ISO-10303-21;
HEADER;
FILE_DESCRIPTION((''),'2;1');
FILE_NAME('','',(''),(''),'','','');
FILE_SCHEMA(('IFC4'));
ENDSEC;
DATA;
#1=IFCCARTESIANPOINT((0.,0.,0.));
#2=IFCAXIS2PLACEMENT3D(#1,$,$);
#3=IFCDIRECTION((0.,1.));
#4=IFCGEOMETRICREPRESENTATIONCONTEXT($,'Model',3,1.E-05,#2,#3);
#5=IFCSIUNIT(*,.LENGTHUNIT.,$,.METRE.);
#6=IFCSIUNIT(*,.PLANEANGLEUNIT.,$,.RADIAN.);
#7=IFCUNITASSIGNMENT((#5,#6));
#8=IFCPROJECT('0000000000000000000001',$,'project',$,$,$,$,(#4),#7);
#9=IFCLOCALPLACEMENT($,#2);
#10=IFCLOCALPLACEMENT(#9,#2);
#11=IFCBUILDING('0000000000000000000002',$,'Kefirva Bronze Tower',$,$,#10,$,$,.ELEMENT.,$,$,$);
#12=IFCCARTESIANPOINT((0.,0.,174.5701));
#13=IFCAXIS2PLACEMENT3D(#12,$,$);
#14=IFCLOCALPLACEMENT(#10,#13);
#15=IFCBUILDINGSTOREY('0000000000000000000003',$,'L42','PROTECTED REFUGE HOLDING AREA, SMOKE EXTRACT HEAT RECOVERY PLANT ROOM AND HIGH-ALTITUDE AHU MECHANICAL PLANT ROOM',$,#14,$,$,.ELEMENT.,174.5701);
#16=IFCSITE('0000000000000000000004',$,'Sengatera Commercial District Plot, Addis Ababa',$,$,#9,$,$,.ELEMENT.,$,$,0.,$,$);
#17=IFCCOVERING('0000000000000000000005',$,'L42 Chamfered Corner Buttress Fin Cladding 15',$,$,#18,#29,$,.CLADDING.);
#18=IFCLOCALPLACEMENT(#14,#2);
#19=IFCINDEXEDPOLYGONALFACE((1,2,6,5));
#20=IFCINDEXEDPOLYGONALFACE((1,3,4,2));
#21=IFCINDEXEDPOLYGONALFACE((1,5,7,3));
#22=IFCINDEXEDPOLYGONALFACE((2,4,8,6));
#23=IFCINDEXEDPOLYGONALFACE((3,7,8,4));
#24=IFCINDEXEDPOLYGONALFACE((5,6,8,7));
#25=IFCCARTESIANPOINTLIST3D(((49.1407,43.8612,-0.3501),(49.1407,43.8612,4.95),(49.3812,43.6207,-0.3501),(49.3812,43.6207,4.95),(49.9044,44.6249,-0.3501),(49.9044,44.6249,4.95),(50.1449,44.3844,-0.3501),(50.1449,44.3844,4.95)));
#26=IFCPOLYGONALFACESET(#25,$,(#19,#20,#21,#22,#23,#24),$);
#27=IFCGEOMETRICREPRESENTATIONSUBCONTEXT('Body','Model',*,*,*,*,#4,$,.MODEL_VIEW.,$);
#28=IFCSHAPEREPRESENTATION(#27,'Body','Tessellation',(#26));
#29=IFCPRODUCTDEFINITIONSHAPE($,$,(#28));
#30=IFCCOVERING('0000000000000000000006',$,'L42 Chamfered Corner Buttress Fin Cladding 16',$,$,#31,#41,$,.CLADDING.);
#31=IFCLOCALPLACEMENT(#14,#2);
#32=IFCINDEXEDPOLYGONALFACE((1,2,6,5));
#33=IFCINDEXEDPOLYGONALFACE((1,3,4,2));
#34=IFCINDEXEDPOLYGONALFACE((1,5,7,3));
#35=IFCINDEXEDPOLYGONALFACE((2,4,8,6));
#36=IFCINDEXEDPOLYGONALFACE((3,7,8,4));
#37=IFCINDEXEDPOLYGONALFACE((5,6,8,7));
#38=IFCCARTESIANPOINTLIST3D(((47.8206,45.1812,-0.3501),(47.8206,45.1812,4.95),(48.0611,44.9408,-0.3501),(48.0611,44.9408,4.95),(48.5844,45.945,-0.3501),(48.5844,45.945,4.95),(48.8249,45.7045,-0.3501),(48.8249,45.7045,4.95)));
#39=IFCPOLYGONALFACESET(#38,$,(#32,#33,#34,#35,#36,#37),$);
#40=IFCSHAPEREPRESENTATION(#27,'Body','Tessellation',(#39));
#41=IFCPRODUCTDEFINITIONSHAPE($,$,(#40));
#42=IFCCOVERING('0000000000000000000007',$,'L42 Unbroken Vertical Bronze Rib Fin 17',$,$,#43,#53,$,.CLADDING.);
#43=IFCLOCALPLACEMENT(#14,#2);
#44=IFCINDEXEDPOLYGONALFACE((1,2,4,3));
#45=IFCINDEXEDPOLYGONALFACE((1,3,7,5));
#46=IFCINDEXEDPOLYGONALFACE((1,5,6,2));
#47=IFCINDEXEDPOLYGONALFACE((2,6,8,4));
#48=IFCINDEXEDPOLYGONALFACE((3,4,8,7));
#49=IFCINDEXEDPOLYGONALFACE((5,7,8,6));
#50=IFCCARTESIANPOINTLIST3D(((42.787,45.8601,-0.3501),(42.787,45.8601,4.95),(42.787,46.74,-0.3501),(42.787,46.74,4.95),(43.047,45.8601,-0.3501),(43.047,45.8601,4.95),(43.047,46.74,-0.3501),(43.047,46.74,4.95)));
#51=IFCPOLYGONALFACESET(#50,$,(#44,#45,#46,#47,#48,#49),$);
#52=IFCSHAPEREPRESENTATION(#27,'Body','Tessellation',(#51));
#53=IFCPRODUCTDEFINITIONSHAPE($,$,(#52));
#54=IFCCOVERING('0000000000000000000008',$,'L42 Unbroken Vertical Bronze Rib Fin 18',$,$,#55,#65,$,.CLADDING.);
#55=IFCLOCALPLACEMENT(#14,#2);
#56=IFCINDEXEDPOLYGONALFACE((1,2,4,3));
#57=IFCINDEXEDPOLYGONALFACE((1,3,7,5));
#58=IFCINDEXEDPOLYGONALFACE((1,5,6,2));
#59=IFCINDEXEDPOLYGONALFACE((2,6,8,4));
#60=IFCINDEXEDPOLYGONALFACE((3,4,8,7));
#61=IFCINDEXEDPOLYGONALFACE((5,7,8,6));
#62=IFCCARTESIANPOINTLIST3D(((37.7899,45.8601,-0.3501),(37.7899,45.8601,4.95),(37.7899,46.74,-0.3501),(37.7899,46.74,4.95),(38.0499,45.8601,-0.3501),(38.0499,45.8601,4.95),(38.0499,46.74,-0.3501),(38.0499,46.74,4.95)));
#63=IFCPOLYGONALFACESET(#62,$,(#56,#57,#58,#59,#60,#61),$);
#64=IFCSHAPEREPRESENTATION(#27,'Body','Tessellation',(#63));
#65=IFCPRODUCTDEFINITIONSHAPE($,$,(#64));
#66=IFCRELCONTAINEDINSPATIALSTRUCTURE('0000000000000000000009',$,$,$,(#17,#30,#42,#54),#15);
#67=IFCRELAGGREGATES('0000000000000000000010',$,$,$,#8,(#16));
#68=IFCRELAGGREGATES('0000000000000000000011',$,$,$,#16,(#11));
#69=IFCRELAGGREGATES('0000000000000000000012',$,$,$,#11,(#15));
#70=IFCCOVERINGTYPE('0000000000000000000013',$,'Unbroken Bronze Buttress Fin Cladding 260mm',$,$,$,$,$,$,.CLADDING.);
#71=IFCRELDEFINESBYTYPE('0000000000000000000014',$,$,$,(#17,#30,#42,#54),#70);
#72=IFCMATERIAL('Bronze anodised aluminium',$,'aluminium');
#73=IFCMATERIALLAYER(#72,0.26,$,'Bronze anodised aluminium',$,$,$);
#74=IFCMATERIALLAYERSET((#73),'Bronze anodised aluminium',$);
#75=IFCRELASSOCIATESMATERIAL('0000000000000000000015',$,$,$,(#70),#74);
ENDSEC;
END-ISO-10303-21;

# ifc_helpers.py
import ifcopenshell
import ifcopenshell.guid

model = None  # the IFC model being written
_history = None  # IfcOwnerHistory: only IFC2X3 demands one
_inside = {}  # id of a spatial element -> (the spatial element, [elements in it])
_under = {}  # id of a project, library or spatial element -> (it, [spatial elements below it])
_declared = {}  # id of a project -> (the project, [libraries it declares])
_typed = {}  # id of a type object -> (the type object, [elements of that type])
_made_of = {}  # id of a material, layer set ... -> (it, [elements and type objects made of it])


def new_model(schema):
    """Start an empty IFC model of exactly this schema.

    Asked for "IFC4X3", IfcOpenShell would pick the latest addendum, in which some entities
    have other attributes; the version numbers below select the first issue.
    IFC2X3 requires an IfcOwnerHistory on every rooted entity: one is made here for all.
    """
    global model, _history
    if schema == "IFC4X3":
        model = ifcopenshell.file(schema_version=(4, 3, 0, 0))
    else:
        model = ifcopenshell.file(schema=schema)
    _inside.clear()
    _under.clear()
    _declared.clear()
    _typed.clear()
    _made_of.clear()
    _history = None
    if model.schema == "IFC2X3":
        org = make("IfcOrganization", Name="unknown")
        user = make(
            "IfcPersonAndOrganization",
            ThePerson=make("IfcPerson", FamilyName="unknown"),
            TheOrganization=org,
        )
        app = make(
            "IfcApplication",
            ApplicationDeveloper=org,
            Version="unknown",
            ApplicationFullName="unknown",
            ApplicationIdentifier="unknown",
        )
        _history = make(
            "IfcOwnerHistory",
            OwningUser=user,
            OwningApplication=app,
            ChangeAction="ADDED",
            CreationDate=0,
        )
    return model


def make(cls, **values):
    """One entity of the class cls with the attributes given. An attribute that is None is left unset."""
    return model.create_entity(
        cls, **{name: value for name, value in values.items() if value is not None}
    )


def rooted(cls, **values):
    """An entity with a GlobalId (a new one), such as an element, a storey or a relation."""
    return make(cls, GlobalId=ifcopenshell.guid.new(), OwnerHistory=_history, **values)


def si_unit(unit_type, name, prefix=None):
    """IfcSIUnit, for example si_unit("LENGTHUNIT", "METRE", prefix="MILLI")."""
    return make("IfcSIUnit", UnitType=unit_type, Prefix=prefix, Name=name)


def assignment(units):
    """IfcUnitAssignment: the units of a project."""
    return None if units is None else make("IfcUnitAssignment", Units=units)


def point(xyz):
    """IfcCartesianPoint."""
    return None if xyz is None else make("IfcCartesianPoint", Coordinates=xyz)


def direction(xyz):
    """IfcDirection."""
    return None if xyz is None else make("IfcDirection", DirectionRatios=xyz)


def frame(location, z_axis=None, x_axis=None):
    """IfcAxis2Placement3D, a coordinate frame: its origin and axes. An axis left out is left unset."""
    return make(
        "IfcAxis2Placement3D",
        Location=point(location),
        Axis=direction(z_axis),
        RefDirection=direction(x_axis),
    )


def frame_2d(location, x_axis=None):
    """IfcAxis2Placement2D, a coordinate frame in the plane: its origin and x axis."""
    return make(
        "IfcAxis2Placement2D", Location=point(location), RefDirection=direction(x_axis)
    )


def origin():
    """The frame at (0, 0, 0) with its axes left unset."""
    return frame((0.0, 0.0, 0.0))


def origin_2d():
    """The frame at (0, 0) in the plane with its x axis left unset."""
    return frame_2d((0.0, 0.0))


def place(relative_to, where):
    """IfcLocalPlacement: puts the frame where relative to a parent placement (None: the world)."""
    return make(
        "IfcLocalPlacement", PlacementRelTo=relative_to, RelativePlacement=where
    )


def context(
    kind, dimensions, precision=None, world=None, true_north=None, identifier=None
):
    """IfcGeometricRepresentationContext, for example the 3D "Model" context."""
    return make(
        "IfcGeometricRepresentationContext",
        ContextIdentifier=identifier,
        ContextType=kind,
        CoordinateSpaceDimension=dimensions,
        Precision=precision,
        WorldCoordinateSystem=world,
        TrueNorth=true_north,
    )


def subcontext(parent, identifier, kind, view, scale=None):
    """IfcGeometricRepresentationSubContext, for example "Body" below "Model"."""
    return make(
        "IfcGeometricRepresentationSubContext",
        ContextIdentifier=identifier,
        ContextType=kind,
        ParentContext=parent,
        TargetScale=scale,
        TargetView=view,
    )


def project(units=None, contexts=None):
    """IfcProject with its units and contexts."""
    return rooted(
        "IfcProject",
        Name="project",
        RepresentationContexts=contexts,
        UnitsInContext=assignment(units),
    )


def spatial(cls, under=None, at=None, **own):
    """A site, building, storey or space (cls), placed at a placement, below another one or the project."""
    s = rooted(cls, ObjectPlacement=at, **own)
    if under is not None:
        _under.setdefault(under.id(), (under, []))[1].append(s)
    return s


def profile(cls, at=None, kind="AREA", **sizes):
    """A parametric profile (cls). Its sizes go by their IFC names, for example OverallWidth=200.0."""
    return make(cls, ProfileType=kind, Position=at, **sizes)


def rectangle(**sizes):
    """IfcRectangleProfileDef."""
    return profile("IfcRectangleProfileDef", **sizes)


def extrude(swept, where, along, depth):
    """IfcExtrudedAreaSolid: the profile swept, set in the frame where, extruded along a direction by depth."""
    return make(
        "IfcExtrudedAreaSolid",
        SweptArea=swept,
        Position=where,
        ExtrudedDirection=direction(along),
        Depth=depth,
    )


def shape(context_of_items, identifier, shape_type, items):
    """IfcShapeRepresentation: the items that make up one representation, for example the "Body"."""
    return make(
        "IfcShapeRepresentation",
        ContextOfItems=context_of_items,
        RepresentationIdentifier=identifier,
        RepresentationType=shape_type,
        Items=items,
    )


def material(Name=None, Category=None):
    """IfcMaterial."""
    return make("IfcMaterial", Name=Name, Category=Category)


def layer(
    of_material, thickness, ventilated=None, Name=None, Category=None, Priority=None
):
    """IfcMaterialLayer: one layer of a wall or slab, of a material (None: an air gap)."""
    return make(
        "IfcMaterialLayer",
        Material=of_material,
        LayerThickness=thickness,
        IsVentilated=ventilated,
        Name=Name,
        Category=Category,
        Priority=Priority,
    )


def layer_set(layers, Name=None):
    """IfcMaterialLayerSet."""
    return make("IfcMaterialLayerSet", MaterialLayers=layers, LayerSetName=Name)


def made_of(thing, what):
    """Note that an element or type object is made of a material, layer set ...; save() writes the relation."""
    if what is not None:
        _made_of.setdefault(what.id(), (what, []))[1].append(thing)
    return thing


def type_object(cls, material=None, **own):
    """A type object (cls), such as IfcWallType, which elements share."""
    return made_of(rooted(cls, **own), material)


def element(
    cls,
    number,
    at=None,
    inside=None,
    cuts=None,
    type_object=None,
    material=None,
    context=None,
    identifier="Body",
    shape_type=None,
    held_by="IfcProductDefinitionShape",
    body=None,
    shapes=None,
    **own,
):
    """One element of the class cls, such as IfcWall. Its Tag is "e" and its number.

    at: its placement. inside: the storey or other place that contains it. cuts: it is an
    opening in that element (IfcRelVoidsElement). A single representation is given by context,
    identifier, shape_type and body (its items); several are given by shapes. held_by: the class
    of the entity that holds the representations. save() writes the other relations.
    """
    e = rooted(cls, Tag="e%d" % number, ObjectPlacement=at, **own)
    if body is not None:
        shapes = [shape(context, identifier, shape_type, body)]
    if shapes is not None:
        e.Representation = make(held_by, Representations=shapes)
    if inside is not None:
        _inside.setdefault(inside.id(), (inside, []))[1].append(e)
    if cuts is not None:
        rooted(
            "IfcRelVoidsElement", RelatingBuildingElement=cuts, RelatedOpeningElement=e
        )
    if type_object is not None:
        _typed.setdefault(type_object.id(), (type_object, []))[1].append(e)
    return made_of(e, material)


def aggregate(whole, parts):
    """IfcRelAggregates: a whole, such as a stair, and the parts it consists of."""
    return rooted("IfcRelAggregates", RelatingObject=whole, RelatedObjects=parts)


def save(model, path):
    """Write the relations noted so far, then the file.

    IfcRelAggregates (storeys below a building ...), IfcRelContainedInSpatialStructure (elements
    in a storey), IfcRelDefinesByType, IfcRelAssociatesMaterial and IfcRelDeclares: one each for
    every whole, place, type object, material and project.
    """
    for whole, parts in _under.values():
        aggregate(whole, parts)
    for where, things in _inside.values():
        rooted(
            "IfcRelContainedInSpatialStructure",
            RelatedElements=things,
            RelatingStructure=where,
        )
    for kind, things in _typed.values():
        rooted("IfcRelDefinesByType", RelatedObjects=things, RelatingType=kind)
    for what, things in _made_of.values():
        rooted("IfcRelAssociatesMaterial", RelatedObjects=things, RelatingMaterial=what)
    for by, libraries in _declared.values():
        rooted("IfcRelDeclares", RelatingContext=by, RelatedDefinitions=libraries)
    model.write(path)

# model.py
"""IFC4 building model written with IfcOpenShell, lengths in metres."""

from ifc_helpers import new_model, si_unit, direction, frame, origin, origin_2d, place, context, subcontext, project, spatial, rectangle, extrude, material, layer, layer_set, type_object, element, save


model = new_model("IFC4")

# Units and contexts
model_context = context("Model", 3, precision=1e-05, world=origin(), true_north=direction((0.0, 1.0)))
body_context = subcontext(model_context, "Body", "Model", "MODEL_VIEW")
ifc_project = project(units=[si_unit("LENGTHUNIT", "METRE"), si_unit("PLANEANGLEUNIT", "RADIAN")], contexts=[model_context])

# Site, building, storey
site_placement = place(None, origin())
site = spatial("IfcSite", under=ifc_project, at=site_placement, Name="Sengatera Commercial District Plot, Addis Ababa", CompositionType="ELEMENT", RefElevation=0.0)
building_placement = place(site_placement, origin())
building = spatial("IfcBuilding", under=site, at=building_placement, Name="Kefirva Bronze Tower", CompositionType="ELEMENT")
storey_placement = place(building_placement, frame((0.0, 0.0, 174.5701)))
storey = spatial("IfcBuildingStorey", under=building, at=storey_placement, Name="L42", Description="PROTECTED REFUGE HOLDING AREA, SMOKE EXTRACT HEAT RECOVERY PLANT ROOM AND HIGH-ALTITUDE AHU MECHANICAL PLANT ROOM", CompositionType="ELEMENT", Elevation=174.5701)

# Shared definitions
ifc_material_1 = material(Name="Bronze anodised aluminium", Category="aluminium")

# Coverings
ifc_layer_1 = layer(ifc_material_1, 0.26, Name="Bronze anodised aluminium")
ifc_layer_set_1 = layer_set([ifc_layer_1], Name="Bronze anodised aluminium")
covering_type_1 = type_object("IfcCoveringType", Name="Unbroken Bronze Buttress Fin Cladding 260mm", PredefinedType="CLADDING", material=ifc_layer_set_1)
for number, where, z_axis, x_axis, name in (
    (1, (49.6428, 44.1228, -0.3501), (0.0, 0.0, 1.0), (-0.707107, 0.707107, 0.0), "L42 Chamfered Corner Buttress Fin Cladding 15"),
    (2, (48.3228, 45.4429, -0.3501), (0.0, 0.0, 1.0), (-0.707107, 0.707107, 0.0), "L42 Chamfered Corner Buttress Fin Cladding 16"),
):
    element("IfcCovering", number, at=place(storey_placement, frame(where, z_axis=z_axis, x_axis=x_axis)), inside=storey, type_object=covering_type_1, Name=name, PredefinedType="CLADDING", context=body_context, shape_type="SweptSolid", body=[
        extrude(rectangle(XDim=0.3401, YDim=1.0801, at=origin_2d()), origin(), (0.0, 0.0, 1.0), 5.3),
    ])
for number, where, z_axis, x_axis, name in (
    (3, (42.917, 46.3, -0.3501), (0.0, 0.0, 1.0), (-1.0, 0.0, 0.0), "L42 Unbroken Vertical Bronze Rib Fin 17"),
    (4, (37.9199, 46.3, -0.3501), (0.0, 0.0, 1.0), (-1.0, 0.0, 0.0), "L42 Unbroken Vertical Bronze Rib Fin 18"),
):
    element("IfcCovering", number, at=place(storey_placement, frame(where, z_axis=z_axis, x_axis=x_axis)), inside=storey, type_object=covering_type_1, Name=name, PredefinedType="CLADDING", context=body_context, shape_type="SweptSolid", body=[
        extrude(rectangle(XDim=0.26, YDim=0.8799, at=origin_2d()), origin(), (0.0, 0.0, 1.0), 5.3),
    ])

save(model, "model.ifc")
